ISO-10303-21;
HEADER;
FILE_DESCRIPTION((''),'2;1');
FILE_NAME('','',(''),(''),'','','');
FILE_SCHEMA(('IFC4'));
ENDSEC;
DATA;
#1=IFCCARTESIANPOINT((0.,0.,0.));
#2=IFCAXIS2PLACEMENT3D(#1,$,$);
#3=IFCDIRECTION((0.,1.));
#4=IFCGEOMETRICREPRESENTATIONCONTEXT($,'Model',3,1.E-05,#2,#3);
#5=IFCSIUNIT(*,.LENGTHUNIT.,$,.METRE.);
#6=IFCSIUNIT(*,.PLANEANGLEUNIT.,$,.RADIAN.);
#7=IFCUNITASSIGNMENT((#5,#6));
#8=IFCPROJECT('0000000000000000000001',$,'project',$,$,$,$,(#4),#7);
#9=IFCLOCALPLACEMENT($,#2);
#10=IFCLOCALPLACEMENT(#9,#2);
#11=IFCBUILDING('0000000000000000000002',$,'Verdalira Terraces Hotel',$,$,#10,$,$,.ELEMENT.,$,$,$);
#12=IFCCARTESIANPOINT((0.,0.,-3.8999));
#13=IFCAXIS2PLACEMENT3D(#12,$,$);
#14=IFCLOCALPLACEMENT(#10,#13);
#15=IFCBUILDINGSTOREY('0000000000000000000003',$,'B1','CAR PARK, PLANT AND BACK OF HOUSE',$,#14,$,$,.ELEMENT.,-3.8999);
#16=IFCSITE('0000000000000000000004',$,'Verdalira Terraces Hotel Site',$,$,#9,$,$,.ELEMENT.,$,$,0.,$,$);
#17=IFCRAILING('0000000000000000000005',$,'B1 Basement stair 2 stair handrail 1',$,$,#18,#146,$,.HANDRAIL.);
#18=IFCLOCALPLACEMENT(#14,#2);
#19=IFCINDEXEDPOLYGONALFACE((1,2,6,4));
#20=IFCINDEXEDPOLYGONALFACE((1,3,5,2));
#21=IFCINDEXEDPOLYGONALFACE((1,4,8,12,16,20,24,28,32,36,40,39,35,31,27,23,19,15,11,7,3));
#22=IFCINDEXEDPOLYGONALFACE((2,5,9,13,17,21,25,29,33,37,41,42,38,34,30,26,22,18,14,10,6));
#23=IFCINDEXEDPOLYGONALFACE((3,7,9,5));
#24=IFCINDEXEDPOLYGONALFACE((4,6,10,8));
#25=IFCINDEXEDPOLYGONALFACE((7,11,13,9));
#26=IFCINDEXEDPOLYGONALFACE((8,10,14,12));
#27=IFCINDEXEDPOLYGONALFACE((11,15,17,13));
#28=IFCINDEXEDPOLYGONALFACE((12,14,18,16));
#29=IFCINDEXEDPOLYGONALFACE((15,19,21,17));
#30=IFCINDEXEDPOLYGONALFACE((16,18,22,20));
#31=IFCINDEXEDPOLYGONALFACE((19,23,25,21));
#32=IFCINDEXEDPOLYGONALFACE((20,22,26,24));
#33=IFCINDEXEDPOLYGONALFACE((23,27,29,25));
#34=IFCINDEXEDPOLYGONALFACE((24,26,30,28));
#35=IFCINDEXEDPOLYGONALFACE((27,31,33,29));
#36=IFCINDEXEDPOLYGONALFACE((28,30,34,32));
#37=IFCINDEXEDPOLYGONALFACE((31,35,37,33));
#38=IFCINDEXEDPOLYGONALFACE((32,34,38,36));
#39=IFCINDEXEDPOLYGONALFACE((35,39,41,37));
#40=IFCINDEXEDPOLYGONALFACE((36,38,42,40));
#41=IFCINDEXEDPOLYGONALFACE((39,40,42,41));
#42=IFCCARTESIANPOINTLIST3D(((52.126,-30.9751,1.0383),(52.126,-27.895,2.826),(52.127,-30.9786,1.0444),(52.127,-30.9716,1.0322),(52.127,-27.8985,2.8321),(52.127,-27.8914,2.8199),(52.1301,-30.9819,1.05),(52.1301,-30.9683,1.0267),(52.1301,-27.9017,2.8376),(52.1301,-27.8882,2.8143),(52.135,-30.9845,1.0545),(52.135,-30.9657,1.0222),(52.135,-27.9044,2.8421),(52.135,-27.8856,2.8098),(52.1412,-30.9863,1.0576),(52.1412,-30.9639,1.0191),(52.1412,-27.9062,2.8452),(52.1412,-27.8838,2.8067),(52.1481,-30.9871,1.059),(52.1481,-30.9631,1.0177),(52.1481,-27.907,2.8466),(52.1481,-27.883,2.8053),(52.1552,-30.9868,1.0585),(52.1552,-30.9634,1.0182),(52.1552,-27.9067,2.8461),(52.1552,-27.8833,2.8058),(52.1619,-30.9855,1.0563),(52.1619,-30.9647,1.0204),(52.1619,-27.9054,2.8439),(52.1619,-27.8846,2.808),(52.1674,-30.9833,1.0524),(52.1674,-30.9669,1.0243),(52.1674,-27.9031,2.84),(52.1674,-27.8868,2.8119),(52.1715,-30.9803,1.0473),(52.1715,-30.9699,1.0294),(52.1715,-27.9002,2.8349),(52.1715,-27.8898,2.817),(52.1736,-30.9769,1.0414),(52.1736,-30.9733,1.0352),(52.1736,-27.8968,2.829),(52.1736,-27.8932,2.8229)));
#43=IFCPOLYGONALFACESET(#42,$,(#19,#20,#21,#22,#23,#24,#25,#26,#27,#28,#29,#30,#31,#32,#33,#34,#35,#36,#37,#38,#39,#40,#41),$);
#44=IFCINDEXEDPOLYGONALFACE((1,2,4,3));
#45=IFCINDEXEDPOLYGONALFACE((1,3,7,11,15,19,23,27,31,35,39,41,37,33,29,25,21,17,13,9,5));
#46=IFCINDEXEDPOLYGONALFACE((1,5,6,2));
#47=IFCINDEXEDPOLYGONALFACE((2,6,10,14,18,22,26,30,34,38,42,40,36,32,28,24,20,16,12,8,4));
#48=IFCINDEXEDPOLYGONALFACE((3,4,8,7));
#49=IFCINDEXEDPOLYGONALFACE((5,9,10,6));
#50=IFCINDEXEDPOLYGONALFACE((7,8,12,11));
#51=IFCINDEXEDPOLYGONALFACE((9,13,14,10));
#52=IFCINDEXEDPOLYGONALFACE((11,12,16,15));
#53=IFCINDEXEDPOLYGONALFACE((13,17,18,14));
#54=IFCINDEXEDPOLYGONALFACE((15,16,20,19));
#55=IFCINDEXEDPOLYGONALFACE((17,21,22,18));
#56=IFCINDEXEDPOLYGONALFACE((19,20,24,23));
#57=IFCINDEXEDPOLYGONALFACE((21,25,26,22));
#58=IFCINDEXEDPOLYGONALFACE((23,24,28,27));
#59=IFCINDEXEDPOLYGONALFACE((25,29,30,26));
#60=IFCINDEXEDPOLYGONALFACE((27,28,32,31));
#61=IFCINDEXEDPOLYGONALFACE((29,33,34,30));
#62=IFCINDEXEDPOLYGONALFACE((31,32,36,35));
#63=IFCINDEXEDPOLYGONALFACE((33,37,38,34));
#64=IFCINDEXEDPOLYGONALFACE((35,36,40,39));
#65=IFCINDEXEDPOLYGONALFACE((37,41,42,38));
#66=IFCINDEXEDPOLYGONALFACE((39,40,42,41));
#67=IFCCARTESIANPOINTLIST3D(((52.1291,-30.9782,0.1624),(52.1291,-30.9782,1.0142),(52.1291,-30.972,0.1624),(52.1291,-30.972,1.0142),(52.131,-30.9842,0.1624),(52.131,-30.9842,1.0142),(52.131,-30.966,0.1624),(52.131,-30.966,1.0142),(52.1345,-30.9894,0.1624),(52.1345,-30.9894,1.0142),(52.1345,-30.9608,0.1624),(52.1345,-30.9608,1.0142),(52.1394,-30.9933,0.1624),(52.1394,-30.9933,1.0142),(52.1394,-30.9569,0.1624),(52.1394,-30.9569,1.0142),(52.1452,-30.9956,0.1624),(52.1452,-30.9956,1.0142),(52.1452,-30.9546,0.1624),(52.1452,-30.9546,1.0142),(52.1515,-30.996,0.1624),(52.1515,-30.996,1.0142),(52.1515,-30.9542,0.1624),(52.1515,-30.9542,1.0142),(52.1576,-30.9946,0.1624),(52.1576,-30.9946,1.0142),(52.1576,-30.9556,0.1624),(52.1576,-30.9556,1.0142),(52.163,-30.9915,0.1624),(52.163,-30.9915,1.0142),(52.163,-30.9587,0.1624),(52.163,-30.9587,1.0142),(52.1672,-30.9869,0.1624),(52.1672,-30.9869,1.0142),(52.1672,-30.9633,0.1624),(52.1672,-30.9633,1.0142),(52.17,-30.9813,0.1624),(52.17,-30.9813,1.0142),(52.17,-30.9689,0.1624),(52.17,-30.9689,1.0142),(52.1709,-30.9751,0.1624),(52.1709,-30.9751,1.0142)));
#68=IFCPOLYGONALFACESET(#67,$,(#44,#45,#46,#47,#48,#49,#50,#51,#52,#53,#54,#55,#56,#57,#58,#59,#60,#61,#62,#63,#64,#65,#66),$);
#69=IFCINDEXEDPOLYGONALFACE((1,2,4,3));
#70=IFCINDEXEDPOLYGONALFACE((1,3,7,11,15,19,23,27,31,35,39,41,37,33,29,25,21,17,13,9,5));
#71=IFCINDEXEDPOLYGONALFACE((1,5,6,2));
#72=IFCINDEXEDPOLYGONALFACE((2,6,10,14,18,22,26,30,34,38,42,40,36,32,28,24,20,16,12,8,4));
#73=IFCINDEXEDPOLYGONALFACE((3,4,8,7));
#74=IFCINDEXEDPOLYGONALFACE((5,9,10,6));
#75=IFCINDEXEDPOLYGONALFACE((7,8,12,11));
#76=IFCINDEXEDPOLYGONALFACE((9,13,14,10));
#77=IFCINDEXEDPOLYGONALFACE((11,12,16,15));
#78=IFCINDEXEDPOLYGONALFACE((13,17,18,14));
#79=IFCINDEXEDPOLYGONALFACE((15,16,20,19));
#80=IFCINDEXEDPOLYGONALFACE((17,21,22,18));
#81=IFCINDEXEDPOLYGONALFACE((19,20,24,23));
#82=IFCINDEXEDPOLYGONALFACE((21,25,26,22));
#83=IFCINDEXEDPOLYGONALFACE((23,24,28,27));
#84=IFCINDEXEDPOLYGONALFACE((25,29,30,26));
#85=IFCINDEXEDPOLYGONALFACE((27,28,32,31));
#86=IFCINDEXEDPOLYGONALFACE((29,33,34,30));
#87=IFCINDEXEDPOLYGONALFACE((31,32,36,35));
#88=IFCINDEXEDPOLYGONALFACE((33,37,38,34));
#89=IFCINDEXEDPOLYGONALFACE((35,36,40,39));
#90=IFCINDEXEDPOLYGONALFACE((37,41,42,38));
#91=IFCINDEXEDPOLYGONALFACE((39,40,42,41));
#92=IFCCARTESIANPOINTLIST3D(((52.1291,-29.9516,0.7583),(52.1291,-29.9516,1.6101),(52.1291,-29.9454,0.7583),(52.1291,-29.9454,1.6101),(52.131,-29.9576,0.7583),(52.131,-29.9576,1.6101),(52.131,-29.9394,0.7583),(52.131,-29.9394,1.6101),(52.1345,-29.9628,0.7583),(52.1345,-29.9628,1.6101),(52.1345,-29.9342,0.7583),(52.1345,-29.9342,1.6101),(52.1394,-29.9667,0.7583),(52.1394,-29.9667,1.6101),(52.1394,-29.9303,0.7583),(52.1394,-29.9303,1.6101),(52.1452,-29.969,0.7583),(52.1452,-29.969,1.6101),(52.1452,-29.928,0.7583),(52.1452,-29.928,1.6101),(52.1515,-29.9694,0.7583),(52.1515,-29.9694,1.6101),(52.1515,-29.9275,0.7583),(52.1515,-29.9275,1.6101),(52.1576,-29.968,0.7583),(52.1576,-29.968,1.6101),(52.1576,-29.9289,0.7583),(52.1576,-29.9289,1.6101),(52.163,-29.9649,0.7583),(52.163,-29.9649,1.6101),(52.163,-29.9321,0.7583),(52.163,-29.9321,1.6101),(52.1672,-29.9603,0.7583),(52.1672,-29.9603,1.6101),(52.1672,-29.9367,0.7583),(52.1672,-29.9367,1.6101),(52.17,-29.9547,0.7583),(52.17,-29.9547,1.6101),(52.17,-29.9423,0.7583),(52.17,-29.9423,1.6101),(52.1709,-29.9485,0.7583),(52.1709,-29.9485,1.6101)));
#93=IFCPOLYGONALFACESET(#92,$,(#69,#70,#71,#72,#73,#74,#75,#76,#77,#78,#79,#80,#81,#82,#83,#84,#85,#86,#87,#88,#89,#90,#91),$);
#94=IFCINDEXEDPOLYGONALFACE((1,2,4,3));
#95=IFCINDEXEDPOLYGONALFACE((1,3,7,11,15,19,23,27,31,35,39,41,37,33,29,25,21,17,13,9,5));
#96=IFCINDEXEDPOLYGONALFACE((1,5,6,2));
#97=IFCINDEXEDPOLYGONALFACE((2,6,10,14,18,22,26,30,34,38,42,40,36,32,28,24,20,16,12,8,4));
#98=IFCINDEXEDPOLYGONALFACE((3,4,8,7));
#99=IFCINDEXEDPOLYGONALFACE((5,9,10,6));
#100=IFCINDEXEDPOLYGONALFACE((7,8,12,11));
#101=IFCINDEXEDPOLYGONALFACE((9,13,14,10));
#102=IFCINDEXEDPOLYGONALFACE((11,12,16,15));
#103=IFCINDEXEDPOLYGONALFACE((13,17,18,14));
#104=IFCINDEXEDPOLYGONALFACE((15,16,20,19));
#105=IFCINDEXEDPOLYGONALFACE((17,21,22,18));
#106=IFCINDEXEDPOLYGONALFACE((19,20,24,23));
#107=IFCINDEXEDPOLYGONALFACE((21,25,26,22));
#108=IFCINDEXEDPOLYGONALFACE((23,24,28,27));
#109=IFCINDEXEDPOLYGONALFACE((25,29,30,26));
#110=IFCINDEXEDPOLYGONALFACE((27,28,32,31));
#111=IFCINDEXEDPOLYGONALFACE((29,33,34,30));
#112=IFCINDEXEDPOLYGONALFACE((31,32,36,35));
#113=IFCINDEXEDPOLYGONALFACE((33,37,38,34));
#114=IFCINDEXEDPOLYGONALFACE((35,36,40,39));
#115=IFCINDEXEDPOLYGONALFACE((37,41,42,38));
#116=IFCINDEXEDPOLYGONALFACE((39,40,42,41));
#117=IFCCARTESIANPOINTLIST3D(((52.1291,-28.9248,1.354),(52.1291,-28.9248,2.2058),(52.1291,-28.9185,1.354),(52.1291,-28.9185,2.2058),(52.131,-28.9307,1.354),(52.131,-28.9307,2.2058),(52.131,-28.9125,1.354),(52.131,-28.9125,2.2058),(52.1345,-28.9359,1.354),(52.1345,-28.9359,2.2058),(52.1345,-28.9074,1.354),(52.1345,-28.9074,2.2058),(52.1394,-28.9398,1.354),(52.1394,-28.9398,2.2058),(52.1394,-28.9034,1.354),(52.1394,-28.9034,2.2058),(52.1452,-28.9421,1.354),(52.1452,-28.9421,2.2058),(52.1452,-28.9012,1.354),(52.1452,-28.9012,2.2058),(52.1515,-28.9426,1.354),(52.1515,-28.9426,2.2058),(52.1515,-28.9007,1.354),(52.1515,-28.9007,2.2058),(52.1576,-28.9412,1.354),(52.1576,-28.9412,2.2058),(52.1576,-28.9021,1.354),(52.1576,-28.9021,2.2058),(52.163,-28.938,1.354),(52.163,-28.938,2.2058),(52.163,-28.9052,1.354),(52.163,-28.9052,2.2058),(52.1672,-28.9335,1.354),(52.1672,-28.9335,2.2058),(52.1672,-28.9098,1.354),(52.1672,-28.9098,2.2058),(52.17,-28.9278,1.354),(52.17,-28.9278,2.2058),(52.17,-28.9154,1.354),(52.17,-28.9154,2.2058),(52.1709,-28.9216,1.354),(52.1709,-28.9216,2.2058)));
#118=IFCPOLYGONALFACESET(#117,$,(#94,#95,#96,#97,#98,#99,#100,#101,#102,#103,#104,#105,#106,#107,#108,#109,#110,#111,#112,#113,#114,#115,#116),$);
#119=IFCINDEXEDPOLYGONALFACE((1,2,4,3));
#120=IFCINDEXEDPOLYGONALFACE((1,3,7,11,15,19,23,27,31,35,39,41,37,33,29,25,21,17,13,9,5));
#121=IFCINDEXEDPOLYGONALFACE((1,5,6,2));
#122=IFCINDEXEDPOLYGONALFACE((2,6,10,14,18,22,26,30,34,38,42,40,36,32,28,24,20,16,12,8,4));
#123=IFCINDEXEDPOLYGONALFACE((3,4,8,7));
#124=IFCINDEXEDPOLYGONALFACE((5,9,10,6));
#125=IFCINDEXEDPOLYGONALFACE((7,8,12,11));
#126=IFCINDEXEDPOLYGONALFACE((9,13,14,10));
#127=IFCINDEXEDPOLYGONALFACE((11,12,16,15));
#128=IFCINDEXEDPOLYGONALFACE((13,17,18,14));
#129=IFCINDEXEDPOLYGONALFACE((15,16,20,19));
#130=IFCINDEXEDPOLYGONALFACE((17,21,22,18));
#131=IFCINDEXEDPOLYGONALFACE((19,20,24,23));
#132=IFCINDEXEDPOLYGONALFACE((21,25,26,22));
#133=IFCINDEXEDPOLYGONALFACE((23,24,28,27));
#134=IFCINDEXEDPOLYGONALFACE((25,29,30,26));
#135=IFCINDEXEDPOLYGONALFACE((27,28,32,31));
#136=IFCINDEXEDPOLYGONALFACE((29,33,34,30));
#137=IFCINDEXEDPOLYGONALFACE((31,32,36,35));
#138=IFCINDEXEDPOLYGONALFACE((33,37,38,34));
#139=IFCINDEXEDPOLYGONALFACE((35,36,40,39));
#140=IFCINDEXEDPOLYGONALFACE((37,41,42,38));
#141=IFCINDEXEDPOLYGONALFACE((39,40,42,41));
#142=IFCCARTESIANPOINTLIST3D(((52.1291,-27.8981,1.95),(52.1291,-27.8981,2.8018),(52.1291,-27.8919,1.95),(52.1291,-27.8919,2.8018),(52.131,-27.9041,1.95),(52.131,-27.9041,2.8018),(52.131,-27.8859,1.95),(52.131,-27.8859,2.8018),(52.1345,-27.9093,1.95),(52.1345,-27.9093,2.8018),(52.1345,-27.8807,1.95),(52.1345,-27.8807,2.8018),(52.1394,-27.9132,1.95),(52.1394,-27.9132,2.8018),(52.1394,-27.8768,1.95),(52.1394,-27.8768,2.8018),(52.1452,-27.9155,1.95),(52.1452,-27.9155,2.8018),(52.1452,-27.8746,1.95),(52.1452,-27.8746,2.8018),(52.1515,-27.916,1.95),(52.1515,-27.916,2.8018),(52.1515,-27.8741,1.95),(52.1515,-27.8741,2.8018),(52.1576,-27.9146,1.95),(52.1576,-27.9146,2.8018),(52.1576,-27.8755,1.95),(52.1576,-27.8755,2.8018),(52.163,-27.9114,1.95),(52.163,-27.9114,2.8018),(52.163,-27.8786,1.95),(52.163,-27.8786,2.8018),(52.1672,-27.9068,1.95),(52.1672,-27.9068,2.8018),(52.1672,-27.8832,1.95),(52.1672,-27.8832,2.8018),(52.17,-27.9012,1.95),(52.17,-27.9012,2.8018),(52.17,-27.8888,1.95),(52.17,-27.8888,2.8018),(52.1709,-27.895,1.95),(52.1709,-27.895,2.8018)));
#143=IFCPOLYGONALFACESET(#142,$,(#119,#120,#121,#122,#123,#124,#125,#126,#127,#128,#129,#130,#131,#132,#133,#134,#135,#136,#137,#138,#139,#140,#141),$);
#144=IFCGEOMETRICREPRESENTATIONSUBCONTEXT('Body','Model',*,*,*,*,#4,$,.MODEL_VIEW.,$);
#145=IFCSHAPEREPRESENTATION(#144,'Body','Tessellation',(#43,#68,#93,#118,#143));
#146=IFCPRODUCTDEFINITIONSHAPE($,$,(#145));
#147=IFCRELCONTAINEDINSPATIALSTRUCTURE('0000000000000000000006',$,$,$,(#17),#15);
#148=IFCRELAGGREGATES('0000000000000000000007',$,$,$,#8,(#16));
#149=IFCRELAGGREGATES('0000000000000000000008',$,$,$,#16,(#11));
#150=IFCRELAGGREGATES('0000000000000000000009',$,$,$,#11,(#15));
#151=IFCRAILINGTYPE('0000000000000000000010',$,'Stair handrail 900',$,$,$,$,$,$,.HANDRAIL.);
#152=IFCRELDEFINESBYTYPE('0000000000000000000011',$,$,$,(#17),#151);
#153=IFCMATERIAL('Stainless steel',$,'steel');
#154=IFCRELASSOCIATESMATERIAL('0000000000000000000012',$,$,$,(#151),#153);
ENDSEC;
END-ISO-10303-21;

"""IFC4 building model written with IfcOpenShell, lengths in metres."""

from ifc_helpers import new_model, si_unit, direction, frame, origin, origin_2d, place, context, subcontext, project, spatial, circle, extrude, material, type_object, element, save


model = new_model("IFC4")

# Units and contexts
model_context = context("Model", 3, precision=1e-05, world=origin(), true_north=direction((0.0, 1.0)))
body_context = subcontext(model_context, "Body", "Model", "MODEL_VIEW")
ifc_project = project(units=[si_unit("LENGTHUNIT", "METRE"), si_unit("PLANEANGLEUNIT", "RADIAN")], contexts=[model_context])

# Site, building, storey
site_placement = place(None, origin())
site = spatial("IfcSite", under=ifc_project, at=site_placement, Name="Verdalira Terraces Hotel Site", CompositionType="ELEMENT", RefElevation=0.0)
building_placement = place(site_placement, origin())
building = spatial("IfcBuilding", under=site, at=building_placement, Name="Verdalira Terraces Hotel", CompositionType="ELEMENT")
storey_placement = place(building_placement, frame((0.0, 0.0, -3.8999)))
storey = spatial("IfcBuildingStorey", under=building, at=storey_placement, Name="B1", Description="CAR PARK, PLANT AND BACK OF HOUSE", CompositionType="ELEMENT", Elevation=-3.8999)

# Railing
ifc_material_1 = material(Name="Stainless steel", Category="steel")
railing_type_1 = type_object("IfcRailingType", Name="Stair handrail 900", PredefinedType="HANDRAIL", material=ifc_material_1)
railing_1_placement = place(storey_placement, frame((52.1499, -30.9751, 0.1624)))
element("IfcRailing", 1, at=railing_1_placement, inside=storey, type_object=railing_type_1, Name="B1 Basement stair 2 stair handrail 1", PredefinedType="HANDRAIL", context=body_context, shape_type="SweptSolid", body=[
    extrude(circle(Radius=0.0239, at=origin_2d()), frame((0.0, 0.0, 0.876), z_axis=(0.0, 0.864891, 0.50196), x_axis=(-1.0, 0.0, 0.0)), (0.0, 0.0, 1.0), 3.5613),
    extrude(circle(Radius=0.021, at=origin_2d()), origin(), (0.0, 0.0, 1.0), 0.8518),
    extrude(circle(Radius=0.021, at=origin_2d()), frame((0.0, 1.0266, 0.5959)), (0.0, 0.0, 1.0), 0.8518),
    extrude(circle(Radius=0.021, at=origin_2d()), frame((0.0, 2.0535, 1.1917)), (0.0, 0.0, 1.0), 0.8518),
    extrude(circle(Radius=0.021, at=origin_2d()), frame((0.0, 3.0801, 1.7876)), (0.0, 0.0, 1.0), 0.8518),
])

save(model, "model.ifc")
